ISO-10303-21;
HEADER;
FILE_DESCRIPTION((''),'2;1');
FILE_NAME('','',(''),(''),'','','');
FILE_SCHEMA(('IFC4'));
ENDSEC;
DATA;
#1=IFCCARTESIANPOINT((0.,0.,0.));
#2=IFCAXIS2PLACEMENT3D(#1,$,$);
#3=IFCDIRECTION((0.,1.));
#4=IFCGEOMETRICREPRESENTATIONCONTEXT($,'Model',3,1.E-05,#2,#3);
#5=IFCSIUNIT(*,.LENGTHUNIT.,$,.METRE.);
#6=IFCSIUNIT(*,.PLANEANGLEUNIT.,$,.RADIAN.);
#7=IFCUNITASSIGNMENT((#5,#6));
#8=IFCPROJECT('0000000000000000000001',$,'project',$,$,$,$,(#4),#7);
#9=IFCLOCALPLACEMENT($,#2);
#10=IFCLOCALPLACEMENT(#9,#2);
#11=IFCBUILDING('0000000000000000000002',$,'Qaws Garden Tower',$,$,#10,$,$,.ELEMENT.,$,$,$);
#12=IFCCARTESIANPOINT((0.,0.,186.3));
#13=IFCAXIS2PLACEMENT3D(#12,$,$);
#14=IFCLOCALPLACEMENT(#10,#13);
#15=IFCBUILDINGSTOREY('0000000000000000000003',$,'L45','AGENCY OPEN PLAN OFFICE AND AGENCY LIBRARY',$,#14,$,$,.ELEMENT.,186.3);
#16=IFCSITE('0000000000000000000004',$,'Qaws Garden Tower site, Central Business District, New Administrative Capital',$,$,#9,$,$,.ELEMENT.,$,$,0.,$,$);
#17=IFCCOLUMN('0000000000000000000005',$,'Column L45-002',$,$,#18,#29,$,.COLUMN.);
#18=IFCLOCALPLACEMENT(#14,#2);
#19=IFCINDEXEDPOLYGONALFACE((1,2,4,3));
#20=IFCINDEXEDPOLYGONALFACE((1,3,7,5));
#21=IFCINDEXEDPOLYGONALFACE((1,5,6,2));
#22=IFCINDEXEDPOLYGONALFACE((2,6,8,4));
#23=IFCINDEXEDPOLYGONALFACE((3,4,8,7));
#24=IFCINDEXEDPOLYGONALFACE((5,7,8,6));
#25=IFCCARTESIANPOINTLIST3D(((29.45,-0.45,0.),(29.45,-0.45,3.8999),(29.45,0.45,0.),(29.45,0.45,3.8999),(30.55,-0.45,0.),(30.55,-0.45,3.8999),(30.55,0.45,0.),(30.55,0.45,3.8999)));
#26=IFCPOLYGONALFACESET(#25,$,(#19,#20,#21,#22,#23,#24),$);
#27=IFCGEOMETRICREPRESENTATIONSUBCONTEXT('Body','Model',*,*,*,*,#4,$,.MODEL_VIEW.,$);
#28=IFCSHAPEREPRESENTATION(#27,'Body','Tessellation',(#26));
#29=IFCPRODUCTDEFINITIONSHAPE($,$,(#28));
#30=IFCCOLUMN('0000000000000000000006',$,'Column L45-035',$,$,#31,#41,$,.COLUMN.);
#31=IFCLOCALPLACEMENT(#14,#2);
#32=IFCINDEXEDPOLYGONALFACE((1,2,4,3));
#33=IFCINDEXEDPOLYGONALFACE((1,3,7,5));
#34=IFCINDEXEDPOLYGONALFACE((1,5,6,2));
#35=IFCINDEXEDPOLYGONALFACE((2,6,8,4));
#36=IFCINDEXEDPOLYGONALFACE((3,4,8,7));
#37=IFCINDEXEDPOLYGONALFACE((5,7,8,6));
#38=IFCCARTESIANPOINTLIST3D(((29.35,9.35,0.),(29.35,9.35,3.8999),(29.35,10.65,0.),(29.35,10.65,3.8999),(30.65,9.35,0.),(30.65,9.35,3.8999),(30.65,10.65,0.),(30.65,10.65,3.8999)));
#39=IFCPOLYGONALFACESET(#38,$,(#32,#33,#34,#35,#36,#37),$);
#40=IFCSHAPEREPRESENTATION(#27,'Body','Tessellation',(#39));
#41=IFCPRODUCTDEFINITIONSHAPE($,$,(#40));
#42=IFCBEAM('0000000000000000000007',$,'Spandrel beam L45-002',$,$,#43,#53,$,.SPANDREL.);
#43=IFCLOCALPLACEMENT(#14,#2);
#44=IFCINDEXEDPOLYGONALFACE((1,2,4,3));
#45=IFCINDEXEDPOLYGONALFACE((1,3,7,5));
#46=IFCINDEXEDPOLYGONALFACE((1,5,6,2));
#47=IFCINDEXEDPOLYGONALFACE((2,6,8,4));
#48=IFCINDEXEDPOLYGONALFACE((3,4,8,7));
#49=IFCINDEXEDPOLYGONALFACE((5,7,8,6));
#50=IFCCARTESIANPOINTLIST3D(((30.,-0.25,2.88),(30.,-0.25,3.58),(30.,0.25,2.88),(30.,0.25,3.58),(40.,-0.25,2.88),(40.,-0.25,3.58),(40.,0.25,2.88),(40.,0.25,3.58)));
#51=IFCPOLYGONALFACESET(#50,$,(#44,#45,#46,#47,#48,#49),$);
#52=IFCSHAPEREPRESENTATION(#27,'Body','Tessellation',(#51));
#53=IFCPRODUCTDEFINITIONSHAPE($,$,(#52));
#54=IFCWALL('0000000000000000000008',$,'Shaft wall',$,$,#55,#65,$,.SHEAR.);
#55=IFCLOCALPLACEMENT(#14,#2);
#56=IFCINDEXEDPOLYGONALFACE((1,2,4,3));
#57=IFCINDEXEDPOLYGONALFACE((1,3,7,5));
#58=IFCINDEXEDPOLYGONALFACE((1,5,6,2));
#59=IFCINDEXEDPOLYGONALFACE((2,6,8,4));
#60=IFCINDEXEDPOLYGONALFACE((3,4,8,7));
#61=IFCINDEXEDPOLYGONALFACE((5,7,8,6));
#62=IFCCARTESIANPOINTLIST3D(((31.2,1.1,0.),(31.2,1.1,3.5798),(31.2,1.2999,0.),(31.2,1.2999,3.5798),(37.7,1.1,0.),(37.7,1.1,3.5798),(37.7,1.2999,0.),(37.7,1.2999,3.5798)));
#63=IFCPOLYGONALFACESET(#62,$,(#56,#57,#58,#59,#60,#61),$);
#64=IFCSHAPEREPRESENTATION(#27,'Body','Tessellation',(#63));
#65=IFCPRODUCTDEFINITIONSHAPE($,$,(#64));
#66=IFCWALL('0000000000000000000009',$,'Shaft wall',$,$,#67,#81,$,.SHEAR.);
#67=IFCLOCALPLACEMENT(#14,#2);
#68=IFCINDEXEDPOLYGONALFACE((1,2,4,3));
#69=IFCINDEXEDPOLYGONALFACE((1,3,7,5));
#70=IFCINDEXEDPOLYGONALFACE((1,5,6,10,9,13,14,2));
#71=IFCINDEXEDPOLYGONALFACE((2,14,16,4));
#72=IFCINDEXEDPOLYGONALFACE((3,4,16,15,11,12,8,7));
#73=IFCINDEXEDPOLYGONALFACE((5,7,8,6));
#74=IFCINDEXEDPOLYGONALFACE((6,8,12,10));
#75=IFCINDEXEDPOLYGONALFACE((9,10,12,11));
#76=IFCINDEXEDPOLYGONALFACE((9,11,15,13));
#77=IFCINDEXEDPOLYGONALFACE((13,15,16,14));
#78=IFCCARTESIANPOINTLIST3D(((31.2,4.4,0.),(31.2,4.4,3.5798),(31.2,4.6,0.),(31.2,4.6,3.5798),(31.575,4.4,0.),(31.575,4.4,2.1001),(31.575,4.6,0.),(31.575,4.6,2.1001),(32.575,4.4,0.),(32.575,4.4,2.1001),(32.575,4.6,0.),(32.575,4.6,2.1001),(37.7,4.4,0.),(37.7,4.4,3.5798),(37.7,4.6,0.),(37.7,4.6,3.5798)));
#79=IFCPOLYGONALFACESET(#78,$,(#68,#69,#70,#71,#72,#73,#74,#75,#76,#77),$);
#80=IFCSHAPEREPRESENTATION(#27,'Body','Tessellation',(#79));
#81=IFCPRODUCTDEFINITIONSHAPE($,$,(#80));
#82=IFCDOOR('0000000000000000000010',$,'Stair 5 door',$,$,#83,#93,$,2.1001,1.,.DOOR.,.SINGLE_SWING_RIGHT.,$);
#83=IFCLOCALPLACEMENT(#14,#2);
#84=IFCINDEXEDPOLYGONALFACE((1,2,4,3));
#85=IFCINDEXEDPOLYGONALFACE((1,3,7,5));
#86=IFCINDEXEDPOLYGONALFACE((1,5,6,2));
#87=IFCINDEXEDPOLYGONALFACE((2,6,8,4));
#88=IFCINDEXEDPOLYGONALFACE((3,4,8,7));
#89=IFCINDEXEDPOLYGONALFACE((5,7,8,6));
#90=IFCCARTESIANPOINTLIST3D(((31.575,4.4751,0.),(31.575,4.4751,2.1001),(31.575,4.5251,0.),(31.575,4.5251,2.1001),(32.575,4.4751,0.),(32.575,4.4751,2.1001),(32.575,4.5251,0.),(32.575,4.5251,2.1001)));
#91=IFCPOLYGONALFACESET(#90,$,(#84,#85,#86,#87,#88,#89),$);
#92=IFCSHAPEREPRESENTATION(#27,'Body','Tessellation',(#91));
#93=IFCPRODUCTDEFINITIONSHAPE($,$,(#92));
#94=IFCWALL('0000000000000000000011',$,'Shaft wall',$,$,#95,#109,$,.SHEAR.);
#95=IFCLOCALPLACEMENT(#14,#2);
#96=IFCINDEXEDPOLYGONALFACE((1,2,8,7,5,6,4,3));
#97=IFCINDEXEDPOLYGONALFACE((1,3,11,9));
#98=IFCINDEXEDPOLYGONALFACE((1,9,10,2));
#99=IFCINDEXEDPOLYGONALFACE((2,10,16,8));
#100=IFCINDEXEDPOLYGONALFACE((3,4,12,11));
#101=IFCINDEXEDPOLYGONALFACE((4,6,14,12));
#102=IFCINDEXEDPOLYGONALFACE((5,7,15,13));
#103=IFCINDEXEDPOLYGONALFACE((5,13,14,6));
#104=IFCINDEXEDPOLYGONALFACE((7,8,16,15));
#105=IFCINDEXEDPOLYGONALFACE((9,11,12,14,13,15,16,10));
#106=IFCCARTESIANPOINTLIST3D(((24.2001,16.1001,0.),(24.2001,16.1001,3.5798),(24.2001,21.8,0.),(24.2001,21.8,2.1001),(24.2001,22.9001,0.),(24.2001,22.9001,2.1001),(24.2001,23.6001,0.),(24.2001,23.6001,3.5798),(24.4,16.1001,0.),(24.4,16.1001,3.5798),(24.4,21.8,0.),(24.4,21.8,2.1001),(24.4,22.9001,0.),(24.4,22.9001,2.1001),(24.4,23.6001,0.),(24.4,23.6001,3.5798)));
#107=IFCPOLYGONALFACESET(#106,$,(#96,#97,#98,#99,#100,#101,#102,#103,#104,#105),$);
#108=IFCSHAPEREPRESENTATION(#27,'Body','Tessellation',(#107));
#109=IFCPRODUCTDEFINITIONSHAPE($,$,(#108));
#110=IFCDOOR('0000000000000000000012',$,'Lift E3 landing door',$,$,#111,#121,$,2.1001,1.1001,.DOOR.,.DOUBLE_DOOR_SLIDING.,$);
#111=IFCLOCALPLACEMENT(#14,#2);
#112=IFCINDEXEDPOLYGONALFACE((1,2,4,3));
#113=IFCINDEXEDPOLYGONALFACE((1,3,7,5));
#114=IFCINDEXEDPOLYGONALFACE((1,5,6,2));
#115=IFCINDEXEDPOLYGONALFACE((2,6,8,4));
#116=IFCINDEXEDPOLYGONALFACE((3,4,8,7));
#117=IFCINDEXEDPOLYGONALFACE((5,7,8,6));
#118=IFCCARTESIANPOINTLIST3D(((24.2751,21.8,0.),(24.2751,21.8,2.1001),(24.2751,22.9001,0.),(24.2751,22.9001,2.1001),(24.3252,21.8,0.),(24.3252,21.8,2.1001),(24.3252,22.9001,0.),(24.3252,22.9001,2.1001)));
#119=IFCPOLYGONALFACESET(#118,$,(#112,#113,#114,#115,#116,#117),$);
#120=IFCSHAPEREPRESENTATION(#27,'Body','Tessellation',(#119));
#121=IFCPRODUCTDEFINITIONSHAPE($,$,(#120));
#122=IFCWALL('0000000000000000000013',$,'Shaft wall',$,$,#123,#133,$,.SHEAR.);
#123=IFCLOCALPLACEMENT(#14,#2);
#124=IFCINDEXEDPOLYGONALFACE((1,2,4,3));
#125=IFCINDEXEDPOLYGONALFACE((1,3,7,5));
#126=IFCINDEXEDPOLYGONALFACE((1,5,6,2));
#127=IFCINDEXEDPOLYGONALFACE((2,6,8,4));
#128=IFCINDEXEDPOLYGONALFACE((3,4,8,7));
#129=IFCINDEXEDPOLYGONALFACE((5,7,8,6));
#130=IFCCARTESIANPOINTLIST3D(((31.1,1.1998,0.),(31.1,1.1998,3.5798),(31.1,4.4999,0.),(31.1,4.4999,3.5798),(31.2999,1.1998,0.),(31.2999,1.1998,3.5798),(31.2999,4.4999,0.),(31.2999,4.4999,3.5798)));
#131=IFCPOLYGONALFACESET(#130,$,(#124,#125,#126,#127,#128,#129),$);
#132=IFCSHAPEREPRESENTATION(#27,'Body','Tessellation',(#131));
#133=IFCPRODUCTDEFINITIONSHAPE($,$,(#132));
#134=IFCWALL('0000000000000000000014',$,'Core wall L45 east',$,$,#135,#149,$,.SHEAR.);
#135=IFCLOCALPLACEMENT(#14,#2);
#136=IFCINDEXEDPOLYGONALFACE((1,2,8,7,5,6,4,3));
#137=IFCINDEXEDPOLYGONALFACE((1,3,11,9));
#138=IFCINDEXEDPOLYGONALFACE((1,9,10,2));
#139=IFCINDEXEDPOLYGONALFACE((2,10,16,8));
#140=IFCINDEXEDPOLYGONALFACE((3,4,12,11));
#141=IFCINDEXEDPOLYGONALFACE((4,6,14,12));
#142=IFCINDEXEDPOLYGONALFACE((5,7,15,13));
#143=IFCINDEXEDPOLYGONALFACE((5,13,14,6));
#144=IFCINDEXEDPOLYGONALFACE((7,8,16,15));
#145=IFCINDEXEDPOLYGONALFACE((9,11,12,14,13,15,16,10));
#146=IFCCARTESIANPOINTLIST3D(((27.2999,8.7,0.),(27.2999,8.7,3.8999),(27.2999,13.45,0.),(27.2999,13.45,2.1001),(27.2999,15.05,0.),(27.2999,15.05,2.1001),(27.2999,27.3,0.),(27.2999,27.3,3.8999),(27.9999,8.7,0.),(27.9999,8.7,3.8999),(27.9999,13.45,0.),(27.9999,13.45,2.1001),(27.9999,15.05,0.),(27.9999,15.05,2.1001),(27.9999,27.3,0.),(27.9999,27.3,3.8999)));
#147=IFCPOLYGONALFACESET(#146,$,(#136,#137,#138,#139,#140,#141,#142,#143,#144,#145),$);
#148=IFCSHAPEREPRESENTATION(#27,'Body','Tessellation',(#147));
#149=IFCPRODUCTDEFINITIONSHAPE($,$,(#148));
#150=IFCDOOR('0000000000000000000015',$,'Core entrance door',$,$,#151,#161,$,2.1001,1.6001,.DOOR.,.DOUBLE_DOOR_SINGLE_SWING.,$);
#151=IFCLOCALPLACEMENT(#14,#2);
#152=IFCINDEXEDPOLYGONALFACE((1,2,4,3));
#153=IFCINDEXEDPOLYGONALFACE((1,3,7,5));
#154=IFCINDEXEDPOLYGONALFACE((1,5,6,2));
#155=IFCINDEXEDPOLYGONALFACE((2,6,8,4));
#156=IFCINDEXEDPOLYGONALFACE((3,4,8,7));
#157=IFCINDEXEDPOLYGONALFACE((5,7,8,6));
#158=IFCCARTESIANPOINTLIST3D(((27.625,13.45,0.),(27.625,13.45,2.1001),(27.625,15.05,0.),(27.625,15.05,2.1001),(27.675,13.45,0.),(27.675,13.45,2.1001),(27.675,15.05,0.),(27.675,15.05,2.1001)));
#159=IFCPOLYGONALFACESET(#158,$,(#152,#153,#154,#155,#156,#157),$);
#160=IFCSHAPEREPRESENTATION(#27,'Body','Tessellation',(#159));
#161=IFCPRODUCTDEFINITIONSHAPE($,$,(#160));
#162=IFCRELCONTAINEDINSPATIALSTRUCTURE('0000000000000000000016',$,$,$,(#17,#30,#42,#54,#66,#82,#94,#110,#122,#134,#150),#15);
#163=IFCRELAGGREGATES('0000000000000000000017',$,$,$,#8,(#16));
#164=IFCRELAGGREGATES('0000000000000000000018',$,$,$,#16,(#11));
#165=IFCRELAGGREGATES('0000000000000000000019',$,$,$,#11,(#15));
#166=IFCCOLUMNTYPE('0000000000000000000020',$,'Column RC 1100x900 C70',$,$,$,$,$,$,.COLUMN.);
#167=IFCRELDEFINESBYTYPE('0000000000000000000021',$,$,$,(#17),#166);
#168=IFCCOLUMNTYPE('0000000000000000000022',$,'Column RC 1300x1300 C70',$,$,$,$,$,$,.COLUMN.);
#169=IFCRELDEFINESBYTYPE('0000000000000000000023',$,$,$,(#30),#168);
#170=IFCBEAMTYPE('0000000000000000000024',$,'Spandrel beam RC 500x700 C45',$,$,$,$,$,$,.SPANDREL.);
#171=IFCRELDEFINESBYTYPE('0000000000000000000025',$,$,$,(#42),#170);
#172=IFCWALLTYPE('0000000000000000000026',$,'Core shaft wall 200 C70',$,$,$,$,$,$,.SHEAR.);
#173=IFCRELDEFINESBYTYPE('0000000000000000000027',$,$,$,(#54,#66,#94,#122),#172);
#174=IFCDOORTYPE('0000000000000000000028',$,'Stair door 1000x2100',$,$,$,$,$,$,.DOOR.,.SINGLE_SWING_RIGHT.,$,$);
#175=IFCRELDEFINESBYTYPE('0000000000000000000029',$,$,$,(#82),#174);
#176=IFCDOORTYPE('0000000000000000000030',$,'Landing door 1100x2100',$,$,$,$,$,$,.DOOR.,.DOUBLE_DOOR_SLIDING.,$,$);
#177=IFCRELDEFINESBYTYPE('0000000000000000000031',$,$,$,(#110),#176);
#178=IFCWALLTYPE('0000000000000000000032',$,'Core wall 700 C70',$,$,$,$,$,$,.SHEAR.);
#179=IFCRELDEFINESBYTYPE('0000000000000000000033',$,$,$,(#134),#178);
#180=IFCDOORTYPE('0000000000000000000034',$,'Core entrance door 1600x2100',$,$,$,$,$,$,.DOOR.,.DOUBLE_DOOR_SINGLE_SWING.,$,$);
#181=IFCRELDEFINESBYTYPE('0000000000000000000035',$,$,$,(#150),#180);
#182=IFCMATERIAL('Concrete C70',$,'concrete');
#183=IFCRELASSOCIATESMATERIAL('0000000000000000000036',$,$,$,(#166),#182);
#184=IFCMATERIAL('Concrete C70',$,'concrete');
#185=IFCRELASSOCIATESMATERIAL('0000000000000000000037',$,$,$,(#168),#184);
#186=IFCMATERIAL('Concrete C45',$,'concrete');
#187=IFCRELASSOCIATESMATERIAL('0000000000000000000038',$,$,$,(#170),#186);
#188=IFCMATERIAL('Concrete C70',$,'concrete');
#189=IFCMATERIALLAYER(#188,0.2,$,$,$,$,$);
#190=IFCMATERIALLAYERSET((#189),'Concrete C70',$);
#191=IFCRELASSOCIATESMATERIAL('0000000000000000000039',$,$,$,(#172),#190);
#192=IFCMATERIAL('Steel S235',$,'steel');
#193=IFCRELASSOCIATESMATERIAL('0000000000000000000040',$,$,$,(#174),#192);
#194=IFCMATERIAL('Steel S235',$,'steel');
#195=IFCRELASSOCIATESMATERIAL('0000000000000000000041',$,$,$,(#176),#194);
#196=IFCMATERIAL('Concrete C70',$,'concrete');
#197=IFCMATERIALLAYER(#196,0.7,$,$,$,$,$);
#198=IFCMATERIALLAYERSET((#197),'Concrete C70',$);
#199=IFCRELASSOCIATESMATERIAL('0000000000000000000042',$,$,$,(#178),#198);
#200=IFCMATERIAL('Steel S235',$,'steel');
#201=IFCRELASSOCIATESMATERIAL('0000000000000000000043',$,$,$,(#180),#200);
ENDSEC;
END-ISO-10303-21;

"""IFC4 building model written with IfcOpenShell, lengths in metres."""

from ifc_helpers import new_model, si_unit, direction, frame, frame_2d, origin, origin_2d, place, context, subcontext, project, spatial, rectangle, extrude, material, layer, layer_set, material_profile, profile_set, type_object, element, fill, save


model = new_model("IFC4")

# Units and contexts
model_context = context("Model", 3, precision=1e-05, world=origin(), true_north=direction((0.0, 1.0)))
body_context = subcontext(model_context, "Body", "Model", "MODEL_VIEW")
ifc_project = project(units=[si_unit("LENGTHUNIT", "METRE"), si_unit("PLANEANGLEUNIT", "RADIAN")], contexts=[model_context])

# Site, building, storey
site_placement = place(None, origin())
site = spatial("IfcSite", under=ifc_project, at=site_placement, Name="Qaws Garden Tower site, Central Business District, New Administrative Capital", CompositionType="ELEMENT", RefElevation=0.0)
building_placement = place(site_placement, origin())
building = spatial("IfcBuilding", under=site, at=building_placement, Name="Qaws Garden Tower", CompositionType="ELEMENT")
storey_placement = place(building_placement, frame((0.0, 0.0, 186.3)))
storey = spatial("IfcBuildingStorey", under=building, at=storey_placement, Name="L45", Description="AGENCY OPEN PLAN OFFICE AND AGENCY LIBRARY", CompositionType="ELEMENT", Elevation=186.3)

# Columns
ifc_material_1 = material(Name="Concrete C70", Category="concrete")
ifc_material_profile_1 = material_profile(ifc_material_1, rectangle(XDim=1.1001, YDim=0.8999, at=origin_2d()), Name="RC 1100x900")
ifc_profile_set_1 = profile_set([ifc_material_profile_1], Name="Concrete C70")
column_type_1 = type_object("IfcColumnType", Name="Column RC 1100x900 C70", PredefinedType="COLUMN", material=ifc_profile_set_1)
column_1_placement = place(storey_placement, frame((30.0, 0.0, 0.0), z_axis=(0.0, 0.0, 1.0), x_axis=(1.0, 0.0, 0.0)))
element("IfcColumn", 1, at=column_1_placement, inside=storey, type_object=column_type_1, Name="Column L45-002", PredefinedType="COLUMN", context=body_context, shape_type="SweptSolid", body=[
    extrude(rectangle(XDim=1.1001, YDim=0.8999, at=origin_2d()), origin(), (0.0, 0.0, 1.0), 3.8999),
])
ifc_material_2 = material(Name="Concrete C70", Category="concrete")
ifc_material_profile_2 = material_profile(ifc_material_2, rectangle(XDim=1.3, YDim=1.3, at=origin_2d()), Name="RC 1300x1300")
ifc_profile_set_2 = profile_set([ifc_material_profile_2], Name="Concrete C70")
column_type_2 = type_object("IfcColumnType", Name="Column RC 1300x1300 C70", PredefinedType="COLUMN", material=ifc_profile_set_2)
column_2_placement = place(storey_placement, frame((30.0, 10.0, 0.0), z_axis=(0.0, 0.0, 1.0), x_axis=(1.0, 0.0, 0.0)))
element("IfcColumn", 2, at=column_2_placement, inside=storey, type_object=column_type_2, Name="Column L45-035", PredefinedType="COLUMN", context=body_context, shape_type="SweptSolid", body=[
    extrude(rectangle(XDim=1.3, YDim=1.3, at=origin_2d()), origin(), (0.0, 0.0, 1.0), 3.8999),
])

# Beam
ifc_material_3 = material(Name="Concrete C45", Category="concrete")
ifc_material_profile_3 = material_profile(ifc_material_3, rectangle(XDim=0.5, YDim=0.7, at=origin_2d()), Name="RC 500x700")
ifc_profile_set_3 = profile_set([ifc_material_profile_3], Name="Concrete C45")
beam_type = type_object("IfcBeamType", Name="Spandrel beam RC 500x700 C45", PredefinedType="SPANDREL", material=ifc_profile_set_3)
beam_placement = place(storey_placement, frame((30.0, 0.0, 3.23), z_axis=(1.0, 0.0, 0.0), x_axis=(0.0, 1.0, 0.0)))
element("IfcBeam", 3, at=beam_placement, inside=storey, type_object=beam_type, Name="Spandrel beam L45-002", PredefinedType="SPANDREL", context=body_context, shape_type="SweptSolid", body=[
    extrude(rectangle(XDim=0.5, YDim=0.7, at=origin_2d()), origin(), (0.0, 0.0, 1.0), 10.0),
])

# Wall
ifc_material_4 = material(Name="Concrete C70", Category="concrete")
ifc_layer_1 = layer(ifc_material_4, 0.2)
ifc_layer_set_1 = layer_set([ifc_layer_1], Name="Concrete C70")
wall_type_1 = type_object("IfcWallType", Name="Core shaft wall 200 C70", PredefinedType="SHEAR", material=ifc_layer_set_1)
wall_1_placement = place(storey_placement, frame((31.2, 1.2, 0.0), z_axis=(0.0, 0.0, 1.0), x_axis=(1.0, 0.0, 0.0)))
element("IfcWall", 4, at=wall_1_placement, inside=storey, type_object=wall_type_1, Name="Shaft wall", PredefinedType="SHEAR", context=body_context, shape_type="SweptSolid", body=[
    extrude(rectangle(XDim=6.5, YDim=0.2, at=frame_2d((3.25, 0.0))), origin(), (0.0, 0.0, 1.0), 3.5798),
])

# Walls, openings, doors
wall_2_placement = place(storey_placement, frame((31.2, 4.5, 0.0), z_axis=(0.0, 0.0, 1.0), x_axis=(1.0, 0.0, 0.0)))
wall_2 = element("IfcWall", 5, at=wall_2_placement, inside=storey, type_object=wall_type_1, Name="Shaft wall", PredefinedType="SHEAR", context=body_context, shape_type="SweptSolid", body=[
    extrude(rectangle(XDim=6.5, YDim=0.2, at=frame_2d((3.25, 0.0))), origin(), (0.0, 0.0, 1.0), 3.5798),
])
opening_1_placement = place(wall_2_placement, frame((0.375, 0.0, 0.0)))
opening_1 = element("IfcOpeningElement", 6, at=opening_1_placement, cuts=wall_2, PredefinedType="OPENING", context=body_context, shape_type="SweptSolid", body=[
    extrude(rectangle(XDim=1.0, YDim=2.1001, at=frame_2d((0.5, 1.05))), frame((0.0, 0.1099, 0.0), z_axis=(0.0, -1.0, 0.0), x_axis=(1.0, 0.0, 0.0)), (0.0, 0.0, 1.0), 0.22),
])
ifc_material_5 = material(Name="Steel S235", Category="steel")
door_type_1 = type_object("IfcDoorType", Name="Stair door 1000x2100", OperationType="SINGLE_SWING_RIGHT", PredefinedType="DOOR", material=ifc_material_5)
door_1_placement = place(opening_1_placement, frame((1.0, 0.0, 0.0), z_axis=(0.0, 0.0, 1.0), x_axis=(-1.0, 0.0, 0.0)))
door_1 = element("IfcDoor", 7, at=door_1_placement, inside=storey, type_object=door_type_1, Name="Stair 5 door", OperationType="SINGLE_SWING_RIGHT", OverallHeight=2.1001, OverallWidth=1.0, PredefinedType="DOOR", context=body_context, shape_type="SweptSolid", body=[
    extrude(rectangle(XDim=1.0, YDim=2.1001, at=frame_2d((0.5, 1.05))), frame((0.0, 0.0249, 0.0), z_axis=(0.0, -1.0, 0.0), x_axis=(1.0, 0.0, 0.0)), (0.0, 0.0, 1.0), 0.05),
])
fill(opening_1, door_1)
wall_3_placement = place(storey_placement, frame((24.3, 16.1001, 0.0), z_axis=(0.0, 0.0, 1.0), x_axis=(0.0, 1.0, 0.0)))
wall_3 = element("IfcWall", 8, at=wall_3_placement, inside=storey, type_object=wall_type_1, Name="Shaft wall", PredefinedType="SHEAR", context=body_context, shape_type="SweptSolid", body=[
    extrude(rectangle(XDim=7.5, YDim=0.2, at=frame_2d((3.75, 0.0))), origin(), (0.0, 0.0, 1.0), 3.5798),
])
opening_2_placement = place(wall_3_placement, frame((5.7, 0.0, 0.0)))
opening_2 = element("IfcOpeningElement", 9, at=opening_2_placement, cuts=wall_3, PredefinedType="OPENING", context=body_context, shape_type="SweptSolid", body=[
    extrude(rectangle(XDim=1.1001, YDim=2.1001, at=frame_2d((0.55, 1.05))), frame((0.0, 0.1099, 0.0), z_axis=(0.0, -1.0, 0.0), x_axis=(1.0, 0.0, 0.0)), (0.0, 0.0, 1.0), 0.22),
])
ifc_material_6 = material(Name="Steel S235", Category="steel")
door_type_2 = type_object("IfcDoorType", Name="Landing door 1100x2100", OperationType="DOUBLE_DOOR_SLIDING", PredefinedType="DOOR", material=ifc_material_6)
door_2_placement = place(opening_2_placement, origin())
door_2 = element("IfcDoor", 10, at=door_2_placement, inside=storey, type_object=door_type_2, Name="Lift E3 landing door", OperationType="DOUBLE_DOOR_SLIDING", OverallHeight=2.1001, OverallWidth=1.1001, PredefinedType="DOOR", context=body_context, shape_type="SweptSolid", body=[
    extrude(rectangle(XDim=1.1001, YDim=2.1001, at=frame_2d((0.55, 1.05))), frame((0.0, 0.0249, 0.0), z_axis=(0.0, -1.0, 0.0), x_axis=(1.0, 0.0, 0.0)), (0.0, 0.0, 1.0), 0.05),
])
fill(opening_2, door_2)

# Wall
wall_4_placement = place(storey_placement, frame((31.2, 1.2, 0.0), z_axis=(0.0, 0.0, 1.0), x_axis=(0.0, 1.0, 0.0)))
element("IfcWall", 11, at=wall_4_placement, inside=storey, type_object=wall_type_1, Name="Shaft wall", PredefinedType="SHEAR", context=body_context, shape_type="SweptSolid", body=[
    extrude(rectangle(XDim=3.3, YDim=0.2, at=frame_2d((1.6499, 0.0))), origin(), (0.0, 0.0, 1.0), 3.5798),
])

# Wall, opening, door
ifc_material_7 = material(Name="Concrete C70", Category="concrete")
ifc_layer_2 = layer(ifc_material_7, 0.7)
ifc_layer_set_2 = layer_set([ifc_layer_2], Name="Concrete C70")
wall_type_2 = type_object("IfcWallType", Name="Core wall 700 C70", PredefinedType="SHEAR", material=ifc_layer_set_2)
wall_5_placement = place(storey_placement, frame((27.6499, 8.7, 0.0), z_axis=(0.0, 0.0, 1.0), x_axis=(0.0, 1.0, 0.0)))
wall_5 = element("IfcWall", 12, at=wall_5_placement, inside=storey, type_object=wall_type_2, Name="Core wall L45 east", PredefinedType="SHEAR", context=body_context, shape_type="SweptSolid", body=[
    extrude(rectangle(XDim=18.6001, YDim=0.7, at=frame_2d((9.3, 0.0))), origin(), (0.0, 0.0, 1.0), 3.8999),
])
opening_3_placement = place(wall_5_placement, frame((4.75, 0.0, 0.0)))
opening_3 = element("IfcOpeningElement", 13, at=opening_3_placement, cuts=wall_5, PredefinedType="OPENING", context=body_context, shape_type="SweptSolid", body=[
    extrude(rectangle(XDim=1.6001, YDim=2.1001, at=frame_2d((0.8, 1.05))), frame((0.0, 0.3599, 0.0), z_axis=(0.0, -1.0, 0.0), x_axis=(1.0, 0.0, 0.0)), (0.0, 0.0, 1.0), 0.72),
])
ifc_material_8 = material(Name="Steel S235", Category="steel")
door_type_3 = type_object("IfcDoorType", Name="Core entrance door 1600x2100", OperationType="DOUBLE_DOOR_SINGLE_SWING", PredefinedType="DOOR", material=ifc_material_8)
door_3_placement = place(opening_3_placement, origin())
door_3 = element("IfcDoor", 14, at=door_3_placement, inside=storey, type_object=door_type_3, Name="Core entrance door", OperationType="DOUBLE_DOOR_SINGLE_SWING", OverallHeight=2.1001, OverallWidth=1.6001, PredefinedType="DOOR", context=body_context, shape_type="SweptSolid", body=[
    extrude(rectangle(XDim=1.6001, YDim=2.1001, at=frame_2d((0.8, 1.05))), frame((0.0, 0.0249, 0.0), z_axis=(0.0, -1.0, 0.0), x_axis=(1.0, 0.0, 0.0)), (0.0, 0.0, 1.0), 0.05),
])
fill(opening_3, door_3)

save(model, "model.ifc")
